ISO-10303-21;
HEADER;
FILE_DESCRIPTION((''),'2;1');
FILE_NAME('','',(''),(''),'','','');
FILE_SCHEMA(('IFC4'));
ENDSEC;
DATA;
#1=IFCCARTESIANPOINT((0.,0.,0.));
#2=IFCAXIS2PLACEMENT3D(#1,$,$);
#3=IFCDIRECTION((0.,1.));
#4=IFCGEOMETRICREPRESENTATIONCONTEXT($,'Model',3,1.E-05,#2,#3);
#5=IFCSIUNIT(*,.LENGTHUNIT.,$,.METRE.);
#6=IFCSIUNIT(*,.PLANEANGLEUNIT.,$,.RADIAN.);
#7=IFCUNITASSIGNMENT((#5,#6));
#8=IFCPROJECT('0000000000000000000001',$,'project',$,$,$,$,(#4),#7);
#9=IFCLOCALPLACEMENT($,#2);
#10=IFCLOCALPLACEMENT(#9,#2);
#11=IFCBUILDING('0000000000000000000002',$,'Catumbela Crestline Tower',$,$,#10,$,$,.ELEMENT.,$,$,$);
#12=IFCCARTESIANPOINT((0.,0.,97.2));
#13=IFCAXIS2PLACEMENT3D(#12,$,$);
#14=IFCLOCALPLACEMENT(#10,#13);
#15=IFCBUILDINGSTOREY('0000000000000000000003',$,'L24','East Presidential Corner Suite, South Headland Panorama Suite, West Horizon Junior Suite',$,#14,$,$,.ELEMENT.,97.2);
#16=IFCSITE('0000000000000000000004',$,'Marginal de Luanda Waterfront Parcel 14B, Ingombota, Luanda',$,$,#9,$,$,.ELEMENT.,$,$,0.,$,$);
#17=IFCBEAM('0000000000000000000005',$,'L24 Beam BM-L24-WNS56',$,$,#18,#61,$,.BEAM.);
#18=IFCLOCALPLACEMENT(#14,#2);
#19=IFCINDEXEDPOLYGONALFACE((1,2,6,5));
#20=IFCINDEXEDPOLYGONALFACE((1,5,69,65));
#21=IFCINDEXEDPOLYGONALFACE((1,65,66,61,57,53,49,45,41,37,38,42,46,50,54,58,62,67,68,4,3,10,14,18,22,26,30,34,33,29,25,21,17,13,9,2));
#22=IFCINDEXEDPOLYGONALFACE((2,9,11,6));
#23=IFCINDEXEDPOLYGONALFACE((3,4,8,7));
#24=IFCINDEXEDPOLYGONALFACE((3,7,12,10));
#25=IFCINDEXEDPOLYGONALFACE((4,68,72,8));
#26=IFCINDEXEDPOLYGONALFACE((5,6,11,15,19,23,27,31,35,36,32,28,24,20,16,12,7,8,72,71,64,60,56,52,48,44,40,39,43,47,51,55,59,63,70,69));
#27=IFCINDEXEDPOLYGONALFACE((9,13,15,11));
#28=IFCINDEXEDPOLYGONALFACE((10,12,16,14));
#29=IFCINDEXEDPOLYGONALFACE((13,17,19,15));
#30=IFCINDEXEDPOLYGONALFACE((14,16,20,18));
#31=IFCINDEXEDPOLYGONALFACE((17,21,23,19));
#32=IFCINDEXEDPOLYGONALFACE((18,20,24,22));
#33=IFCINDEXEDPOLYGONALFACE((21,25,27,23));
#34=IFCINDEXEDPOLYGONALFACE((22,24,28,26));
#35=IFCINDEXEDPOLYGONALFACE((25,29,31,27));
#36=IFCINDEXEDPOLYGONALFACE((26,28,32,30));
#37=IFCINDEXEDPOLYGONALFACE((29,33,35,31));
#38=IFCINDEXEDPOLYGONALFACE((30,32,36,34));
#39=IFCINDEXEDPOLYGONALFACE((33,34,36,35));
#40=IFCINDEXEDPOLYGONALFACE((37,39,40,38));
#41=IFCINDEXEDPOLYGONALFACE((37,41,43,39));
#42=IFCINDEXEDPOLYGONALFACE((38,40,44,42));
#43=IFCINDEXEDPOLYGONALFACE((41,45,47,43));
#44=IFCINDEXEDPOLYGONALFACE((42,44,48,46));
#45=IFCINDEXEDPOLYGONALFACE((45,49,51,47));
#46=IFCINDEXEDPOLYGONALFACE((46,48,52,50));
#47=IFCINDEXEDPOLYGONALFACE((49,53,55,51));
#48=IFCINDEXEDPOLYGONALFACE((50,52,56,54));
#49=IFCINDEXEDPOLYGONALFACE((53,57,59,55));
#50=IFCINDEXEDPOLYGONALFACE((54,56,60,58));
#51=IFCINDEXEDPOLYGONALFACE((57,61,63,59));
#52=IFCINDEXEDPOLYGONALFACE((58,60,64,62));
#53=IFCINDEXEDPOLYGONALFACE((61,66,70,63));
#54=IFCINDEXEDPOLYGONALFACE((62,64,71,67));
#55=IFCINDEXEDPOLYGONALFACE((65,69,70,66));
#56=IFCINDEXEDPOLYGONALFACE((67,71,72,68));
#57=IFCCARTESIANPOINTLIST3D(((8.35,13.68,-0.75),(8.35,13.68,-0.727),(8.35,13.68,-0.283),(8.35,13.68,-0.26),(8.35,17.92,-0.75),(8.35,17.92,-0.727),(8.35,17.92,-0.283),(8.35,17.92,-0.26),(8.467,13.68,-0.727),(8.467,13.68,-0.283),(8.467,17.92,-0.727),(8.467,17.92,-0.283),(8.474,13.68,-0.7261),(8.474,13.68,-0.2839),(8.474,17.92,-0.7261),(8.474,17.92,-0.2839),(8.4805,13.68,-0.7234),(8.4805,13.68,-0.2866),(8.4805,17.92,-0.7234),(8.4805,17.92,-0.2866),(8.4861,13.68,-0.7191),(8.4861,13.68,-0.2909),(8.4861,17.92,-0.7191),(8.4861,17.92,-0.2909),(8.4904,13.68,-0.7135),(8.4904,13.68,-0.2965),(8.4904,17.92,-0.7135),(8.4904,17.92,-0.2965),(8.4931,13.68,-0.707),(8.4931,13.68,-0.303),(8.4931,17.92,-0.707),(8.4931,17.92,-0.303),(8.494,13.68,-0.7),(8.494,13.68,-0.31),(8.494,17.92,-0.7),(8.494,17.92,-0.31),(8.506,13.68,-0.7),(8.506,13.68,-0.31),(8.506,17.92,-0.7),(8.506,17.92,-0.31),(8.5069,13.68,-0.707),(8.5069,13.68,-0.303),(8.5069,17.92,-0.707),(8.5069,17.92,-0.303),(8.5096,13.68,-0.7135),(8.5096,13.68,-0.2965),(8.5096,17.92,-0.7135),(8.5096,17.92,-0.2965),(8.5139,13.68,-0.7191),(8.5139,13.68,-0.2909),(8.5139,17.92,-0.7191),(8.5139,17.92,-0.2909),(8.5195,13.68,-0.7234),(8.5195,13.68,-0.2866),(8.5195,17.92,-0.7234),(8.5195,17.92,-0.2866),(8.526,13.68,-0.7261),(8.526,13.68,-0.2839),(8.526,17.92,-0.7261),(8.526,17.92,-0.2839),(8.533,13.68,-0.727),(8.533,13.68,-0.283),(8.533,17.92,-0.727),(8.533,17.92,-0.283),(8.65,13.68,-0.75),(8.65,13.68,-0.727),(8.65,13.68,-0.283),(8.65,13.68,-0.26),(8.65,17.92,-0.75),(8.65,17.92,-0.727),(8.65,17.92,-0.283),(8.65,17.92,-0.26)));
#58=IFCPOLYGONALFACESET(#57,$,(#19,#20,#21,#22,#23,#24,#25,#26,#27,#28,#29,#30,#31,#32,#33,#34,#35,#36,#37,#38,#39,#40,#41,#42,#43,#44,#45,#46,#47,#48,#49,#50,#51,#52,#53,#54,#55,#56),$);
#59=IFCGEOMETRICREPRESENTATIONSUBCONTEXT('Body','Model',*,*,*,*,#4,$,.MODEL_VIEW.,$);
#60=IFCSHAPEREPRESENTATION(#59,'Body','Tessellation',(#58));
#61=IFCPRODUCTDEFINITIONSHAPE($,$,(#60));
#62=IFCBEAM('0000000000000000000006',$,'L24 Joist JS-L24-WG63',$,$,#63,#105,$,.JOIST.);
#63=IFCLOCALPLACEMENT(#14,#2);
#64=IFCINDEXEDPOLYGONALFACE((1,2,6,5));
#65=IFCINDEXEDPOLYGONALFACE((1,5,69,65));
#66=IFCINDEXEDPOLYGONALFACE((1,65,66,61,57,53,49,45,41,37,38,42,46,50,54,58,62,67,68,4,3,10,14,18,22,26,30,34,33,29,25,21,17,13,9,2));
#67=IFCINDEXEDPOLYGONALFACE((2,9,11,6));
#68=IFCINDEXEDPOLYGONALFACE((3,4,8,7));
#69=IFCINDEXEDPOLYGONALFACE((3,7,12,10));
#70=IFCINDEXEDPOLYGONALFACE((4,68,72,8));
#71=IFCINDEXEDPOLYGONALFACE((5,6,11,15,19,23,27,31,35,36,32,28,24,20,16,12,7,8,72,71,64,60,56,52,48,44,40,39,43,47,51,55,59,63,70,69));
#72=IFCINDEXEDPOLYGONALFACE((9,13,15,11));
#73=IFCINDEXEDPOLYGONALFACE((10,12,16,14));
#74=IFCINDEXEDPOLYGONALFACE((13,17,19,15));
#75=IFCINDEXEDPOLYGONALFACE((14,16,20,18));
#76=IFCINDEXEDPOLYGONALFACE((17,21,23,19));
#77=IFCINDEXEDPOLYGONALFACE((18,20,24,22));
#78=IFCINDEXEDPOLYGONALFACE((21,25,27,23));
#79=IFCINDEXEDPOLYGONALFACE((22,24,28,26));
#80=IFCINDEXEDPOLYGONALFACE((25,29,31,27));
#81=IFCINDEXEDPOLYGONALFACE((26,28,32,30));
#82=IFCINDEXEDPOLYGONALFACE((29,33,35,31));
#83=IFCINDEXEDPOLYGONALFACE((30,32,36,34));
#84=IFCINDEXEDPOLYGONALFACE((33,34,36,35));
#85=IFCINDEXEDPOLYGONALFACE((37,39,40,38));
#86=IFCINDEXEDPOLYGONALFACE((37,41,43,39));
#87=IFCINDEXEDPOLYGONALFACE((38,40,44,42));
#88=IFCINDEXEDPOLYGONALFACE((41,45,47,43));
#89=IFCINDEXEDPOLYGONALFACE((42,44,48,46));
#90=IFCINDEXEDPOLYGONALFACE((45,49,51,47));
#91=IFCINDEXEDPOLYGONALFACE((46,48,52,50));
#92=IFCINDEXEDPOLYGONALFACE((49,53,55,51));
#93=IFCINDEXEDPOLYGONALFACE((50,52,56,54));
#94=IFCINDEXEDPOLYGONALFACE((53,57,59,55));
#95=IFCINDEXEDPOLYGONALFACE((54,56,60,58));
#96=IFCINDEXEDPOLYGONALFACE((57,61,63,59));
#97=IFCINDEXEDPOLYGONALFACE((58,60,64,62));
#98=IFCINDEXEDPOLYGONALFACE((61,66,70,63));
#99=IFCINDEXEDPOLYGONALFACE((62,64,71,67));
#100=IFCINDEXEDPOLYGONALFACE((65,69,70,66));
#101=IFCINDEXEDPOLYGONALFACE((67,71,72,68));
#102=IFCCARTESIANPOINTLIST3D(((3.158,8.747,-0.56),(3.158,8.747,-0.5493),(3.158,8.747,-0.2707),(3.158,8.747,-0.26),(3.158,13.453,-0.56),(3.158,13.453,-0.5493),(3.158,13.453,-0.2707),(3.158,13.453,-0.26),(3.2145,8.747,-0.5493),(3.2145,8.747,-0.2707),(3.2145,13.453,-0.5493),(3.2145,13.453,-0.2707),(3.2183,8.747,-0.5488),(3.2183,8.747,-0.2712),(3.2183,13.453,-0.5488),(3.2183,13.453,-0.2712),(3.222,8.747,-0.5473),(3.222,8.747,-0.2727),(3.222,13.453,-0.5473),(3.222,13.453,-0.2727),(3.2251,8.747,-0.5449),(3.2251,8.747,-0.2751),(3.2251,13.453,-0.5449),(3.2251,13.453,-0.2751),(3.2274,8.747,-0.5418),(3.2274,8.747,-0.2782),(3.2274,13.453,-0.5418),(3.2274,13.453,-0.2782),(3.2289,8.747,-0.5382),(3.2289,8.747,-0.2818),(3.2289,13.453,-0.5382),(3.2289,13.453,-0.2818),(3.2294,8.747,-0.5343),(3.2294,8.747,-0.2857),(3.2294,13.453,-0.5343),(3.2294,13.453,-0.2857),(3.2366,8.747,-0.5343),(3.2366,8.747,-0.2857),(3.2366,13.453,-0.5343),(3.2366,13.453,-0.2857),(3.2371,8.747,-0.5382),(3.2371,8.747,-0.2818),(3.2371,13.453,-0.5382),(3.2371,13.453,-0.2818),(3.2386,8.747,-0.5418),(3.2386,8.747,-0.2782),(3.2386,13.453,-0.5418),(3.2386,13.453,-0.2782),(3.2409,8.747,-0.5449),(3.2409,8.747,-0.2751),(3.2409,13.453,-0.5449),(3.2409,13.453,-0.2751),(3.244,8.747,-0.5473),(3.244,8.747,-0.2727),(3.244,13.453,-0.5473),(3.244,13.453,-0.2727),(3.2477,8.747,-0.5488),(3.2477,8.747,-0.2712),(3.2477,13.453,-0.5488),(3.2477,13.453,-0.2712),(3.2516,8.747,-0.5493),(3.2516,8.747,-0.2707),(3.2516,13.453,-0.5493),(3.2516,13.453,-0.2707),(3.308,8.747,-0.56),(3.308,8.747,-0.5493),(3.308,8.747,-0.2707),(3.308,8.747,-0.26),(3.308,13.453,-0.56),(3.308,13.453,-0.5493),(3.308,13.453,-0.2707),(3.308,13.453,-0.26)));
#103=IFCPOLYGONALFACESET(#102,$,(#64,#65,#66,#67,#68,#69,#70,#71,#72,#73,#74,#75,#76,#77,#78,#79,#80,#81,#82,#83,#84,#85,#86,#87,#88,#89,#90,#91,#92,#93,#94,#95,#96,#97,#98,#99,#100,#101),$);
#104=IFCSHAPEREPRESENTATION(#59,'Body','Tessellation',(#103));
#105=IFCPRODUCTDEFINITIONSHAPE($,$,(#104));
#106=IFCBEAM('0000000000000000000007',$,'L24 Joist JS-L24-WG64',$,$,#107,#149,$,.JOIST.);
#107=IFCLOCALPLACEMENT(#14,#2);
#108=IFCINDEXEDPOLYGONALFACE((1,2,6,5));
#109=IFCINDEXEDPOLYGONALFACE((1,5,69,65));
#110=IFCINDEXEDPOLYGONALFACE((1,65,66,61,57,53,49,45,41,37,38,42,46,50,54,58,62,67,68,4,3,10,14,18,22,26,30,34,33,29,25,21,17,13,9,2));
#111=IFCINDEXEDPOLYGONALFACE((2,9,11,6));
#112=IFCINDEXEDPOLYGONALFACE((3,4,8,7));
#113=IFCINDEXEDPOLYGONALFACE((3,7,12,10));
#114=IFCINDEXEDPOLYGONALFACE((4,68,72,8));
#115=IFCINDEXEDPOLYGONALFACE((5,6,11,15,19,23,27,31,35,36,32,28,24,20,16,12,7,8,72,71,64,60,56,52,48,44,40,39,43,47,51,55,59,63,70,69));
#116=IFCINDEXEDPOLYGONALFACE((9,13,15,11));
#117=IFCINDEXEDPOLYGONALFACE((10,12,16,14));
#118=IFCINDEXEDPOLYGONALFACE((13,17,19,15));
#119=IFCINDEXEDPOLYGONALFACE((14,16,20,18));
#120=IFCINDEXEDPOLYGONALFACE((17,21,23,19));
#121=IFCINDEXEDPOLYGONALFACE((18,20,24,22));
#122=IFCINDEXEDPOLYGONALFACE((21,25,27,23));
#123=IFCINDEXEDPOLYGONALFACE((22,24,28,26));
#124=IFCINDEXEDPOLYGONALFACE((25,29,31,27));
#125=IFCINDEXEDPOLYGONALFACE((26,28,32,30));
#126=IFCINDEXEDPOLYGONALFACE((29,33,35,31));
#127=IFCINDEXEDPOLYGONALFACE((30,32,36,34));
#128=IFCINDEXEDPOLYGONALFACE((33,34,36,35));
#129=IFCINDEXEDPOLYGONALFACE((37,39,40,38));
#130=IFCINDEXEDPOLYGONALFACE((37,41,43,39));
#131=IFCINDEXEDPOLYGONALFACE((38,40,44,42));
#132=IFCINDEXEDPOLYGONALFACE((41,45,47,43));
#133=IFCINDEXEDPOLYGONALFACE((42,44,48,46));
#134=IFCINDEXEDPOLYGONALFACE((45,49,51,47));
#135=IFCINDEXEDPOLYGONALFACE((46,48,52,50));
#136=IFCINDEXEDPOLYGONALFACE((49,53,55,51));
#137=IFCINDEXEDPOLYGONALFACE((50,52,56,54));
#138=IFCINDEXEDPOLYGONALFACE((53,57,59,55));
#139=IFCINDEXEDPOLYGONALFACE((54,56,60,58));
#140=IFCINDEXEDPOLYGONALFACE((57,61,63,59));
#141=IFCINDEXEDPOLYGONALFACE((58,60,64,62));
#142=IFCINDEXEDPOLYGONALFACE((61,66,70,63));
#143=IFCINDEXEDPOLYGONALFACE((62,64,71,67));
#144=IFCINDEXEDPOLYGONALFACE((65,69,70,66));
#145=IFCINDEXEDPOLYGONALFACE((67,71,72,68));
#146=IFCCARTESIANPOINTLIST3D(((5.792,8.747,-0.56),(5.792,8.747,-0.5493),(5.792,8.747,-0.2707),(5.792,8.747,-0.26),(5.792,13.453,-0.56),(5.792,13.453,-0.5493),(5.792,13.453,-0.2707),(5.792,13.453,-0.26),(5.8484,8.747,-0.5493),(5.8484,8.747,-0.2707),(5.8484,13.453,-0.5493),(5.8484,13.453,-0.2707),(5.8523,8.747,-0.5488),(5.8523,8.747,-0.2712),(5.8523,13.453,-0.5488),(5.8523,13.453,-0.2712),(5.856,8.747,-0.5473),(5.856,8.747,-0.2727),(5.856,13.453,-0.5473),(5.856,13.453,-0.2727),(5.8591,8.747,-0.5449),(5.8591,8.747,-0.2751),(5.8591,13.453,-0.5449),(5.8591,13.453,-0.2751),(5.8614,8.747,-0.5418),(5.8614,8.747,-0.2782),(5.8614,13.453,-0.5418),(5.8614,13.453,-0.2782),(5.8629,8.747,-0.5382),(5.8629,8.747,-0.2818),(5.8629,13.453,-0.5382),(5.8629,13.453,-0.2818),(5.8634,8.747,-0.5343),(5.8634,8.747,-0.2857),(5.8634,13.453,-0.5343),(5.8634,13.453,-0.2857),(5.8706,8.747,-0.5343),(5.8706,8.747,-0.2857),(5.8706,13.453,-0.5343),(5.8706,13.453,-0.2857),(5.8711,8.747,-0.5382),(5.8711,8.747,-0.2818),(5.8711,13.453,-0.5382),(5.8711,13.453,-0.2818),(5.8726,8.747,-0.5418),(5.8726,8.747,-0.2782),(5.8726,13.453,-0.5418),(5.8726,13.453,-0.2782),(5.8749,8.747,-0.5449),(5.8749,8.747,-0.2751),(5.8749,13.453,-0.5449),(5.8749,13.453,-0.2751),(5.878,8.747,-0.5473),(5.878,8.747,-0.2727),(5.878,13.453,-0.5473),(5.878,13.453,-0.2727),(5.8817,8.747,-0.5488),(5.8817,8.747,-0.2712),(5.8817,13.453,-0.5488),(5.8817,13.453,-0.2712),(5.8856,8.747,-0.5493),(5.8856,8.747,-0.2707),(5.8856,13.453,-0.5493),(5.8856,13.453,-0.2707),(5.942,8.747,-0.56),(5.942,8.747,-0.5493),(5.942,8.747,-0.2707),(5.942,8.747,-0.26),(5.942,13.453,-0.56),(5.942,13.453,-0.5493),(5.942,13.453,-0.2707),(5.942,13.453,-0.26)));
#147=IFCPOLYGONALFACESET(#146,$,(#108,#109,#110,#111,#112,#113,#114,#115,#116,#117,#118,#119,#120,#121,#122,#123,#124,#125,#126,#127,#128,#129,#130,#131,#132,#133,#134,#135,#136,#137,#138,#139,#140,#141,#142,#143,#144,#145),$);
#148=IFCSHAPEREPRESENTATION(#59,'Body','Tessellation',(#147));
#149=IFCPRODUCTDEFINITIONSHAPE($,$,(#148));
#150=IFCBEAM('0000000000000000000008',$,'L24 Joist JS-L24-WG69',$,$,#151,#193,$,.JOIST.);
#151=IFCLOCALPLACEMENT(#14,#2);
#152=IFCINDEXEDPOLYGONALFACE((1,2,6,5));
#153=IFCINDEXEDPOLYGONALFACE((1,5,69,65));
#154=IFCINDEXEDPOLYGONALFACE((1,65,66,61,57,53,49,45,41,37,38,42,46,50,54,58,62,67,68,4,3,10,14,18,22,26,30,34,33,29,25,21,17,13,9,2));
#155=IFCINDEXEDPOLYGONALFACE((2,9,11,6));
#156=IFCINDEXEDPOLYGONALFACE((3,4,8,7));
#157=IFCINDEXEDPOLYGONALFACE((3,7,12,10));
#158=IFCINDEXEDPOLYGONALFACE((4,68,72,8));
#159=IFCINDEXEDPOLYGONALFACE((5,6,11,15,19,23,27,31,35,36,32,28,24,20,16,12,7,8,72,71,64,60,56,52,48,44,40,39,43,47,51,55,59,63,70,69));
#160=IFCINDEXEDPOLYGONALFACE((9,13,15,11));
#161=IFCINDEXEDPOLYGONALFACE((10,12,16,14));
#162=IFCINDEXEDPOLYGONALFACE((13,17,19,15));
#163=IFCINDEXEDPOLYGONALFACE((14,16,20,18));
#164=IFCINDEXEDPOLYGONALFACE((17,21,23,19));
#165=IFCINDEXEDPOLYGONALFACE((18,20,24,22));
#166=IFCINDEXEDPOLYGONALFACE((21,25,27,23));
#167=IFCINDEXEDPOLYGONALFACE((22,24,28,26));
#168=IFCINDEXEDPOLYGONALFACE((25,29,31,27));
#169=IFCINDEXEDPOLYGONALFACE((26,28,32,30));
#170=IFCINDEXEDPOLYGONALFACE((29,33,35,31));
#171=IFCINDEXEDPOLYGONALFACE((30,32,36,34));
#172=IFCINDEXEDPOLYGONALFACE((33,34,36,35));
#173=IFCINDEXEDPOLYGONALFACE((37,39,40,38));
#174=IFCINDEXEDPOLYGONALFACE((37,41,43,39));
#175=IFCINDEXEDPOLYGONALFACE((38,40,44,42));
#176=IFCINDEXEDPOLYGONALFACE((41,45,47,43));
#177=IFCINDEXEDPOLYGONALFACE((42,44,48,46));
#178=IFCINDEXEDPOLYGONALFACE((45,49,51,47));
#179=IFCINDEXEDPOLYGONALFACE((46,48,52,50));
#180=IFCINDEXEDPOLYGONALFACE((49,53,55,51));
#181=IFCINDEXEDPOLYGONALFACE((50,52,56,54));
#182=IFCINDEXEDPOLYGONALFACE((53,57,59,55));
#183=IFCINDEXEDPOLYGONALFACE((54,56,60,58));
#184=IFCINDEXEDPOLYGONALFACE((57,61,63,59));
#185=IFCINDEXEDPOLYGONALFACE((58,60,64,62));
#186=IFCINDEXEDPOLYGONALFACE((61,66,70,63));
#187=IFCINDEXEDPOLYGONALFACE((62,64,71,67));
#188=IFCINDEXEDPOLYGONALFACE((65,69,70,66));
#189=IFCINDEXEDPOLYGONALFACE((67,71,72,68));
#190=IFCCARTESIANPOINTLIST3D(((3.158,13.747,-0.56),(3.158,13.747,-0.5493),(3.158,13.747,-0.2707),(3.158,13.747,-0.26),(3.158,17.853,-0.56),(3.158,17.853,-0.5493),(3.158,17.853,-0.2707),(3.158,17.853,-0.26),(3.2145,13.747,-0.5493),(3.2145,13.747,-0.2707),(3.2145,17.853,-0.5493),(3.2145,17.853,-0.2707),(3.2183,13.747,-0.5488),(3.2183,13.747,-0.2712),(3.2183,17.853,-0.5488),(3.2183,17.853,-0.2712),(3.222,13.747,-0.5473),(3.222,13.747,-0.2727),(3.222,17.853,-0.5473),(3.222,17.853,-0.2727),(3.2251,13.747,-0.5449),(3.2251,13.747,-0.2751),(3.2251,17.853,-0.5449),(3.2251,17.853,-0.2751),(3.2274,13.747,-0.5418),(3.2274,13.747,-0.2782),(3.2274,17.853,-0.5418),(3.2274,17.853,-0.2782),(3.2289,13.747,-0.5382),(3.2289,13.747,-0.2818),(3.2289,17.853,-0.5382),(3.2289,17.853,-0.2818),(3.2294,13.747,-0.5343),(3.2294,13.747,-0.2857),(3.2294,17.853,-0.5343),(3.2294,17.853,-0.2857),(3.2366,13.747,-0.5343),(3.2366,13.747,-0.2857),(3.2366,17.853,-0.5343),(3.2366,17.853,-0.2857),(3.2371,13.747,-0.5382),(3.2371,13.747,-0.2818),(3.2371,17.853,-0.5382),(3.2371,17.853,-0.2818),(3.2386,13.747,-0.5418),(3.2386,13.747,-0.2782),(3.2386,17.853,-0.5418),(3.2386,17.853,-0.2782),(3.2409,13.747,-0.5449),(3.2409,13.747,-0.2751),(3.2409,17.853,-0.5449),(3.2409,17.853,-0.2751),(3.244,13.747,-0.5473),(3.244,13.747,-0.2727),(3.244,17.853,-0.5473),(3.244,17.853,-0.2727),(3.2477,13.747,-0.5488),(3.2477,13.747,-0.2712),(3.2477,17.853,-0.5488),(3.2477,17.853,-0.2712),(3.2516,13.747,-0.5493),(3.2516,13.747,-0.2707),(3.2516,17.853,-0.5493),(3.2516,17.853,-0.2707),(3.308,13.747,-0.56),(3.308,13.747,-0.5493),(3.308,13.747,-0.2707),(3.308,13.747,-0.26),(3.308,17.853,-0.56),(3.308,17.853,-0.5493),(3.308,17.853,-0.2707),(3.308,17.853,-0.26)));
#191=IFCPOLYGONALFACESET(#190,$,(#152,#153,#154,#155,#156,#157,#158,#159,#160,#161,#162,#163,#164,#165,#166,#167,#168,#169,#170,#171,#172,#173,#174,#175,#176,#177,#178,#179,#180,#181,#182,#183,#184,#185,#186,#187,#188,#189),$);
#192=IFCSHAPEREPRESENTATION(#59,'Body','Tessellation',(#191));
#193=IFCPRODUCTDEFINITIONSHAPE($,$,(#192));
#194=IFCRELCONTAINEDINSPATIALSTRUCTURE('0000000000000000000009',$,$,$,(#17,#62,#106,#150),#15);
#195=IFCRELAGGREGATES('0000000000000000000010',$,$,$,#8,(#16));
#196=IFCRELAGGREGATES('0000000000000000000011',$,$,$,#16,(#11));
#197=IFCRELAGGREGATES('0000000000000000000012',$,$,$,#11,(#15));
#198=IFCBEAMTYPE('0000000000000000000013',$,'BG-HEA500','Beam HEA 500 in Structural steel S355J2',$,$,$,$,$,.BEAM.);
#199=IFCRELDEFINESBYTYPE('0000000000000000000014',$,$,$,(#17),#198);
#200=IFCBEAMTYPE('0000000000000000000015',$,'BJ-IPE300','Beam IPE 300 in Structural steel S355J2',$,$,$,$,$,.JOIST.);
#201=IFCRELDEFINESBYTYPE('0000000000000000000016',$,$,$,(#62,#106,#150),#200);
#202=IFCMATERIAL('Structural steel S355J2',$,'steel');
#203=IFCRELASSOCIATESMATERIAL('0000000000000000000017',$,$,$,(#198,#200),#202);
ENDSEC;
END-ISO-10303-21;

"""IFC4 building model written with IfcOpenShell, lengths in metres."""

from ifc_helpers import new_model, si_unit, direction, frame, origin, origin_2d, place, context, subcontext, project, spatial, i_section, extrude, material, material_profile, profile_set, type_object, element, save


model = new_model("IFC4")

# Units and contexts
model_context = context("Model", 3, precision=1e-05, world=origin(), true_north=direction((0.0, 1.0)))
body_context = subcontext(model_context, "Body", "Model", "MODEL_VIEW")
ifc_project = project(units=[si_unit("LENGTHUNIT", "METRE"), si_unit("PLANEANGLEUNIT", "RADIAN")], contexts=[model_context])

# Site, building, storey
site_placement = place(None, origin())
site = spatial("IfcSite", under=ifc_project, at=site_placement, Name="Marginal de Luanda Waterfront Parcel 14B, Ingombota, Luanda", CompositionType="ELEMENT", RefElevation=0.0)
building_placement = place(site_placement, origin())
building = spatial("IfcBuilding", under=site, at=building_placement, Name="Catumbela Crestline Tower", CompositionType="ELEMENT")
storey_placement = place(building_placement, frame((0.0, 0.0, 97.2)))
storey = spatial("IfcBuildingStorey", under=building, at=storey_placement, Name="L24", Description="East Presidential Corner Suite, South Headland Panorama Suite, West Horizon Junior Suite", CompositionType="ELEMENT", Elevation=97.2)

# Beams
ifc_material_1 = material(Name="Structural steel S355J2", Category="steel")
ifc_material_profile_1 = material_profile(ifc_material_1, i_section(OverallWidth=0.3, OverallDepth=0.49, WebThickness=0.012, FlangeThickness=0.023, FilletRadius=0.027, at=origin_2d()), Name="HEA 500")
ifc_profile_set_1 = profile_set([ifc_material_profile_1], Name="Structural steel S355J2")
beam_type_1 = type_object("IfcBeamType", Name="BG-HEA500", Description="Beam HEA 500 in Structural steel S355J2", PredefinedType="BEAM", material=ifc_profile_set_1)
beam_1_placement = place(storey_placement, frame((8.5, 13.68, -0.505), z_axis=(0.0, 1.0, 0.0), x_axis=(-1.0, 0.0, 0.0)))
element("IfcBeam", 1, at=beam_1_placement, inside=storey, type_object=beam_type_1, Name="L24 Beam BM-L24-WNS56", PredefinedType="BEAM", context=body_context, shape_type="SweptSolid", body=[
    extrude(i_section(OverallWidth=0.3, OverallDepth=0.49, WebThickness=0.012, FlangeThickness=0.023, FilletRadius=0.027, at=origin_2d()), origin(), (0.0, 0.0, 1.0), 4.24),
])
ifc_material_profile_2 = material_profile(ifc_material_1, i_section(OverallWidth=0.15, OverallDepth=0.3, WebThickness=0.0071, FlangeThickness=0.0107, FilletRadius=0.015, at=origin_2d()), Name="IPE 300")
ifc_profile_set_2 = profile_set([ifc_material_profile_2], Name="Structural steel S355J2")
beam_type_2 = type_object("IfcBeamType", Name="BJ-IPE300", Description="Beam IPE 300 in Structural steel S355J2", PredefinedType="JOIST", material=ifc_profile_set_2)
for number, where, z_axis, x_axis, name in (
    (2, (3.233, 8.747, -0.41), (0.0, 1.0, 0.0), (-1.0, 0.0, 0.0), "L24 Joist JS-L24-WG63"),
    (3, (5.867, 8.747, -0.41), (0.0, 1.0, 0.0), (-1.0, 0.0, 0.0), "L24 Joist JS-L24-WG64"),
):
    element("IfcBeam", number, at=place(storey_placement, frame(where, z_axis=z_axis, x_axis=x_axis)), inside=storey, type_object=beam_type_2, Name=name, PredefinedType="JOIST", context=body_context, shape_type="SweptSolid", body=[
        extrude(i_section(OverallWidth=0.15, OverallDepth=0.3, WebThickness=0.0071, FlangeThickness=0.0107, FilletRadius=0.015, at=origin_2d()), origin(), (0.0, 0.0, 1.0), 4.706),
    ])
for number, where, z_axis, x_axis, name in (
    (4, (3.233, 13.747, -0.41), (0.0, 1.0, 0.0), (-1.0, 0.0, 0.0), "L24 Joist JS-L24-WG69"),
):
    element("IfcBeam", number, at=place(storey_placement, frame(where, z_axis=z_axis, x_axis=x_axis)), inside=storey, type_object=beam_type_2, Name=name, PredefinedType="JOIST", context=body_context, shape_type="SweptSolid", body=[
        extrude(i_section(OverallWidth=0.15, OverallDepth=0.3, WebThickness=0.0071, FlangeThickness=0.0107, FilletRadius=0.015, at=origin_2d()), origin(), (0.0, 0.0, 1.0), 4.106),
    ])

save(model, "model.ifc")
